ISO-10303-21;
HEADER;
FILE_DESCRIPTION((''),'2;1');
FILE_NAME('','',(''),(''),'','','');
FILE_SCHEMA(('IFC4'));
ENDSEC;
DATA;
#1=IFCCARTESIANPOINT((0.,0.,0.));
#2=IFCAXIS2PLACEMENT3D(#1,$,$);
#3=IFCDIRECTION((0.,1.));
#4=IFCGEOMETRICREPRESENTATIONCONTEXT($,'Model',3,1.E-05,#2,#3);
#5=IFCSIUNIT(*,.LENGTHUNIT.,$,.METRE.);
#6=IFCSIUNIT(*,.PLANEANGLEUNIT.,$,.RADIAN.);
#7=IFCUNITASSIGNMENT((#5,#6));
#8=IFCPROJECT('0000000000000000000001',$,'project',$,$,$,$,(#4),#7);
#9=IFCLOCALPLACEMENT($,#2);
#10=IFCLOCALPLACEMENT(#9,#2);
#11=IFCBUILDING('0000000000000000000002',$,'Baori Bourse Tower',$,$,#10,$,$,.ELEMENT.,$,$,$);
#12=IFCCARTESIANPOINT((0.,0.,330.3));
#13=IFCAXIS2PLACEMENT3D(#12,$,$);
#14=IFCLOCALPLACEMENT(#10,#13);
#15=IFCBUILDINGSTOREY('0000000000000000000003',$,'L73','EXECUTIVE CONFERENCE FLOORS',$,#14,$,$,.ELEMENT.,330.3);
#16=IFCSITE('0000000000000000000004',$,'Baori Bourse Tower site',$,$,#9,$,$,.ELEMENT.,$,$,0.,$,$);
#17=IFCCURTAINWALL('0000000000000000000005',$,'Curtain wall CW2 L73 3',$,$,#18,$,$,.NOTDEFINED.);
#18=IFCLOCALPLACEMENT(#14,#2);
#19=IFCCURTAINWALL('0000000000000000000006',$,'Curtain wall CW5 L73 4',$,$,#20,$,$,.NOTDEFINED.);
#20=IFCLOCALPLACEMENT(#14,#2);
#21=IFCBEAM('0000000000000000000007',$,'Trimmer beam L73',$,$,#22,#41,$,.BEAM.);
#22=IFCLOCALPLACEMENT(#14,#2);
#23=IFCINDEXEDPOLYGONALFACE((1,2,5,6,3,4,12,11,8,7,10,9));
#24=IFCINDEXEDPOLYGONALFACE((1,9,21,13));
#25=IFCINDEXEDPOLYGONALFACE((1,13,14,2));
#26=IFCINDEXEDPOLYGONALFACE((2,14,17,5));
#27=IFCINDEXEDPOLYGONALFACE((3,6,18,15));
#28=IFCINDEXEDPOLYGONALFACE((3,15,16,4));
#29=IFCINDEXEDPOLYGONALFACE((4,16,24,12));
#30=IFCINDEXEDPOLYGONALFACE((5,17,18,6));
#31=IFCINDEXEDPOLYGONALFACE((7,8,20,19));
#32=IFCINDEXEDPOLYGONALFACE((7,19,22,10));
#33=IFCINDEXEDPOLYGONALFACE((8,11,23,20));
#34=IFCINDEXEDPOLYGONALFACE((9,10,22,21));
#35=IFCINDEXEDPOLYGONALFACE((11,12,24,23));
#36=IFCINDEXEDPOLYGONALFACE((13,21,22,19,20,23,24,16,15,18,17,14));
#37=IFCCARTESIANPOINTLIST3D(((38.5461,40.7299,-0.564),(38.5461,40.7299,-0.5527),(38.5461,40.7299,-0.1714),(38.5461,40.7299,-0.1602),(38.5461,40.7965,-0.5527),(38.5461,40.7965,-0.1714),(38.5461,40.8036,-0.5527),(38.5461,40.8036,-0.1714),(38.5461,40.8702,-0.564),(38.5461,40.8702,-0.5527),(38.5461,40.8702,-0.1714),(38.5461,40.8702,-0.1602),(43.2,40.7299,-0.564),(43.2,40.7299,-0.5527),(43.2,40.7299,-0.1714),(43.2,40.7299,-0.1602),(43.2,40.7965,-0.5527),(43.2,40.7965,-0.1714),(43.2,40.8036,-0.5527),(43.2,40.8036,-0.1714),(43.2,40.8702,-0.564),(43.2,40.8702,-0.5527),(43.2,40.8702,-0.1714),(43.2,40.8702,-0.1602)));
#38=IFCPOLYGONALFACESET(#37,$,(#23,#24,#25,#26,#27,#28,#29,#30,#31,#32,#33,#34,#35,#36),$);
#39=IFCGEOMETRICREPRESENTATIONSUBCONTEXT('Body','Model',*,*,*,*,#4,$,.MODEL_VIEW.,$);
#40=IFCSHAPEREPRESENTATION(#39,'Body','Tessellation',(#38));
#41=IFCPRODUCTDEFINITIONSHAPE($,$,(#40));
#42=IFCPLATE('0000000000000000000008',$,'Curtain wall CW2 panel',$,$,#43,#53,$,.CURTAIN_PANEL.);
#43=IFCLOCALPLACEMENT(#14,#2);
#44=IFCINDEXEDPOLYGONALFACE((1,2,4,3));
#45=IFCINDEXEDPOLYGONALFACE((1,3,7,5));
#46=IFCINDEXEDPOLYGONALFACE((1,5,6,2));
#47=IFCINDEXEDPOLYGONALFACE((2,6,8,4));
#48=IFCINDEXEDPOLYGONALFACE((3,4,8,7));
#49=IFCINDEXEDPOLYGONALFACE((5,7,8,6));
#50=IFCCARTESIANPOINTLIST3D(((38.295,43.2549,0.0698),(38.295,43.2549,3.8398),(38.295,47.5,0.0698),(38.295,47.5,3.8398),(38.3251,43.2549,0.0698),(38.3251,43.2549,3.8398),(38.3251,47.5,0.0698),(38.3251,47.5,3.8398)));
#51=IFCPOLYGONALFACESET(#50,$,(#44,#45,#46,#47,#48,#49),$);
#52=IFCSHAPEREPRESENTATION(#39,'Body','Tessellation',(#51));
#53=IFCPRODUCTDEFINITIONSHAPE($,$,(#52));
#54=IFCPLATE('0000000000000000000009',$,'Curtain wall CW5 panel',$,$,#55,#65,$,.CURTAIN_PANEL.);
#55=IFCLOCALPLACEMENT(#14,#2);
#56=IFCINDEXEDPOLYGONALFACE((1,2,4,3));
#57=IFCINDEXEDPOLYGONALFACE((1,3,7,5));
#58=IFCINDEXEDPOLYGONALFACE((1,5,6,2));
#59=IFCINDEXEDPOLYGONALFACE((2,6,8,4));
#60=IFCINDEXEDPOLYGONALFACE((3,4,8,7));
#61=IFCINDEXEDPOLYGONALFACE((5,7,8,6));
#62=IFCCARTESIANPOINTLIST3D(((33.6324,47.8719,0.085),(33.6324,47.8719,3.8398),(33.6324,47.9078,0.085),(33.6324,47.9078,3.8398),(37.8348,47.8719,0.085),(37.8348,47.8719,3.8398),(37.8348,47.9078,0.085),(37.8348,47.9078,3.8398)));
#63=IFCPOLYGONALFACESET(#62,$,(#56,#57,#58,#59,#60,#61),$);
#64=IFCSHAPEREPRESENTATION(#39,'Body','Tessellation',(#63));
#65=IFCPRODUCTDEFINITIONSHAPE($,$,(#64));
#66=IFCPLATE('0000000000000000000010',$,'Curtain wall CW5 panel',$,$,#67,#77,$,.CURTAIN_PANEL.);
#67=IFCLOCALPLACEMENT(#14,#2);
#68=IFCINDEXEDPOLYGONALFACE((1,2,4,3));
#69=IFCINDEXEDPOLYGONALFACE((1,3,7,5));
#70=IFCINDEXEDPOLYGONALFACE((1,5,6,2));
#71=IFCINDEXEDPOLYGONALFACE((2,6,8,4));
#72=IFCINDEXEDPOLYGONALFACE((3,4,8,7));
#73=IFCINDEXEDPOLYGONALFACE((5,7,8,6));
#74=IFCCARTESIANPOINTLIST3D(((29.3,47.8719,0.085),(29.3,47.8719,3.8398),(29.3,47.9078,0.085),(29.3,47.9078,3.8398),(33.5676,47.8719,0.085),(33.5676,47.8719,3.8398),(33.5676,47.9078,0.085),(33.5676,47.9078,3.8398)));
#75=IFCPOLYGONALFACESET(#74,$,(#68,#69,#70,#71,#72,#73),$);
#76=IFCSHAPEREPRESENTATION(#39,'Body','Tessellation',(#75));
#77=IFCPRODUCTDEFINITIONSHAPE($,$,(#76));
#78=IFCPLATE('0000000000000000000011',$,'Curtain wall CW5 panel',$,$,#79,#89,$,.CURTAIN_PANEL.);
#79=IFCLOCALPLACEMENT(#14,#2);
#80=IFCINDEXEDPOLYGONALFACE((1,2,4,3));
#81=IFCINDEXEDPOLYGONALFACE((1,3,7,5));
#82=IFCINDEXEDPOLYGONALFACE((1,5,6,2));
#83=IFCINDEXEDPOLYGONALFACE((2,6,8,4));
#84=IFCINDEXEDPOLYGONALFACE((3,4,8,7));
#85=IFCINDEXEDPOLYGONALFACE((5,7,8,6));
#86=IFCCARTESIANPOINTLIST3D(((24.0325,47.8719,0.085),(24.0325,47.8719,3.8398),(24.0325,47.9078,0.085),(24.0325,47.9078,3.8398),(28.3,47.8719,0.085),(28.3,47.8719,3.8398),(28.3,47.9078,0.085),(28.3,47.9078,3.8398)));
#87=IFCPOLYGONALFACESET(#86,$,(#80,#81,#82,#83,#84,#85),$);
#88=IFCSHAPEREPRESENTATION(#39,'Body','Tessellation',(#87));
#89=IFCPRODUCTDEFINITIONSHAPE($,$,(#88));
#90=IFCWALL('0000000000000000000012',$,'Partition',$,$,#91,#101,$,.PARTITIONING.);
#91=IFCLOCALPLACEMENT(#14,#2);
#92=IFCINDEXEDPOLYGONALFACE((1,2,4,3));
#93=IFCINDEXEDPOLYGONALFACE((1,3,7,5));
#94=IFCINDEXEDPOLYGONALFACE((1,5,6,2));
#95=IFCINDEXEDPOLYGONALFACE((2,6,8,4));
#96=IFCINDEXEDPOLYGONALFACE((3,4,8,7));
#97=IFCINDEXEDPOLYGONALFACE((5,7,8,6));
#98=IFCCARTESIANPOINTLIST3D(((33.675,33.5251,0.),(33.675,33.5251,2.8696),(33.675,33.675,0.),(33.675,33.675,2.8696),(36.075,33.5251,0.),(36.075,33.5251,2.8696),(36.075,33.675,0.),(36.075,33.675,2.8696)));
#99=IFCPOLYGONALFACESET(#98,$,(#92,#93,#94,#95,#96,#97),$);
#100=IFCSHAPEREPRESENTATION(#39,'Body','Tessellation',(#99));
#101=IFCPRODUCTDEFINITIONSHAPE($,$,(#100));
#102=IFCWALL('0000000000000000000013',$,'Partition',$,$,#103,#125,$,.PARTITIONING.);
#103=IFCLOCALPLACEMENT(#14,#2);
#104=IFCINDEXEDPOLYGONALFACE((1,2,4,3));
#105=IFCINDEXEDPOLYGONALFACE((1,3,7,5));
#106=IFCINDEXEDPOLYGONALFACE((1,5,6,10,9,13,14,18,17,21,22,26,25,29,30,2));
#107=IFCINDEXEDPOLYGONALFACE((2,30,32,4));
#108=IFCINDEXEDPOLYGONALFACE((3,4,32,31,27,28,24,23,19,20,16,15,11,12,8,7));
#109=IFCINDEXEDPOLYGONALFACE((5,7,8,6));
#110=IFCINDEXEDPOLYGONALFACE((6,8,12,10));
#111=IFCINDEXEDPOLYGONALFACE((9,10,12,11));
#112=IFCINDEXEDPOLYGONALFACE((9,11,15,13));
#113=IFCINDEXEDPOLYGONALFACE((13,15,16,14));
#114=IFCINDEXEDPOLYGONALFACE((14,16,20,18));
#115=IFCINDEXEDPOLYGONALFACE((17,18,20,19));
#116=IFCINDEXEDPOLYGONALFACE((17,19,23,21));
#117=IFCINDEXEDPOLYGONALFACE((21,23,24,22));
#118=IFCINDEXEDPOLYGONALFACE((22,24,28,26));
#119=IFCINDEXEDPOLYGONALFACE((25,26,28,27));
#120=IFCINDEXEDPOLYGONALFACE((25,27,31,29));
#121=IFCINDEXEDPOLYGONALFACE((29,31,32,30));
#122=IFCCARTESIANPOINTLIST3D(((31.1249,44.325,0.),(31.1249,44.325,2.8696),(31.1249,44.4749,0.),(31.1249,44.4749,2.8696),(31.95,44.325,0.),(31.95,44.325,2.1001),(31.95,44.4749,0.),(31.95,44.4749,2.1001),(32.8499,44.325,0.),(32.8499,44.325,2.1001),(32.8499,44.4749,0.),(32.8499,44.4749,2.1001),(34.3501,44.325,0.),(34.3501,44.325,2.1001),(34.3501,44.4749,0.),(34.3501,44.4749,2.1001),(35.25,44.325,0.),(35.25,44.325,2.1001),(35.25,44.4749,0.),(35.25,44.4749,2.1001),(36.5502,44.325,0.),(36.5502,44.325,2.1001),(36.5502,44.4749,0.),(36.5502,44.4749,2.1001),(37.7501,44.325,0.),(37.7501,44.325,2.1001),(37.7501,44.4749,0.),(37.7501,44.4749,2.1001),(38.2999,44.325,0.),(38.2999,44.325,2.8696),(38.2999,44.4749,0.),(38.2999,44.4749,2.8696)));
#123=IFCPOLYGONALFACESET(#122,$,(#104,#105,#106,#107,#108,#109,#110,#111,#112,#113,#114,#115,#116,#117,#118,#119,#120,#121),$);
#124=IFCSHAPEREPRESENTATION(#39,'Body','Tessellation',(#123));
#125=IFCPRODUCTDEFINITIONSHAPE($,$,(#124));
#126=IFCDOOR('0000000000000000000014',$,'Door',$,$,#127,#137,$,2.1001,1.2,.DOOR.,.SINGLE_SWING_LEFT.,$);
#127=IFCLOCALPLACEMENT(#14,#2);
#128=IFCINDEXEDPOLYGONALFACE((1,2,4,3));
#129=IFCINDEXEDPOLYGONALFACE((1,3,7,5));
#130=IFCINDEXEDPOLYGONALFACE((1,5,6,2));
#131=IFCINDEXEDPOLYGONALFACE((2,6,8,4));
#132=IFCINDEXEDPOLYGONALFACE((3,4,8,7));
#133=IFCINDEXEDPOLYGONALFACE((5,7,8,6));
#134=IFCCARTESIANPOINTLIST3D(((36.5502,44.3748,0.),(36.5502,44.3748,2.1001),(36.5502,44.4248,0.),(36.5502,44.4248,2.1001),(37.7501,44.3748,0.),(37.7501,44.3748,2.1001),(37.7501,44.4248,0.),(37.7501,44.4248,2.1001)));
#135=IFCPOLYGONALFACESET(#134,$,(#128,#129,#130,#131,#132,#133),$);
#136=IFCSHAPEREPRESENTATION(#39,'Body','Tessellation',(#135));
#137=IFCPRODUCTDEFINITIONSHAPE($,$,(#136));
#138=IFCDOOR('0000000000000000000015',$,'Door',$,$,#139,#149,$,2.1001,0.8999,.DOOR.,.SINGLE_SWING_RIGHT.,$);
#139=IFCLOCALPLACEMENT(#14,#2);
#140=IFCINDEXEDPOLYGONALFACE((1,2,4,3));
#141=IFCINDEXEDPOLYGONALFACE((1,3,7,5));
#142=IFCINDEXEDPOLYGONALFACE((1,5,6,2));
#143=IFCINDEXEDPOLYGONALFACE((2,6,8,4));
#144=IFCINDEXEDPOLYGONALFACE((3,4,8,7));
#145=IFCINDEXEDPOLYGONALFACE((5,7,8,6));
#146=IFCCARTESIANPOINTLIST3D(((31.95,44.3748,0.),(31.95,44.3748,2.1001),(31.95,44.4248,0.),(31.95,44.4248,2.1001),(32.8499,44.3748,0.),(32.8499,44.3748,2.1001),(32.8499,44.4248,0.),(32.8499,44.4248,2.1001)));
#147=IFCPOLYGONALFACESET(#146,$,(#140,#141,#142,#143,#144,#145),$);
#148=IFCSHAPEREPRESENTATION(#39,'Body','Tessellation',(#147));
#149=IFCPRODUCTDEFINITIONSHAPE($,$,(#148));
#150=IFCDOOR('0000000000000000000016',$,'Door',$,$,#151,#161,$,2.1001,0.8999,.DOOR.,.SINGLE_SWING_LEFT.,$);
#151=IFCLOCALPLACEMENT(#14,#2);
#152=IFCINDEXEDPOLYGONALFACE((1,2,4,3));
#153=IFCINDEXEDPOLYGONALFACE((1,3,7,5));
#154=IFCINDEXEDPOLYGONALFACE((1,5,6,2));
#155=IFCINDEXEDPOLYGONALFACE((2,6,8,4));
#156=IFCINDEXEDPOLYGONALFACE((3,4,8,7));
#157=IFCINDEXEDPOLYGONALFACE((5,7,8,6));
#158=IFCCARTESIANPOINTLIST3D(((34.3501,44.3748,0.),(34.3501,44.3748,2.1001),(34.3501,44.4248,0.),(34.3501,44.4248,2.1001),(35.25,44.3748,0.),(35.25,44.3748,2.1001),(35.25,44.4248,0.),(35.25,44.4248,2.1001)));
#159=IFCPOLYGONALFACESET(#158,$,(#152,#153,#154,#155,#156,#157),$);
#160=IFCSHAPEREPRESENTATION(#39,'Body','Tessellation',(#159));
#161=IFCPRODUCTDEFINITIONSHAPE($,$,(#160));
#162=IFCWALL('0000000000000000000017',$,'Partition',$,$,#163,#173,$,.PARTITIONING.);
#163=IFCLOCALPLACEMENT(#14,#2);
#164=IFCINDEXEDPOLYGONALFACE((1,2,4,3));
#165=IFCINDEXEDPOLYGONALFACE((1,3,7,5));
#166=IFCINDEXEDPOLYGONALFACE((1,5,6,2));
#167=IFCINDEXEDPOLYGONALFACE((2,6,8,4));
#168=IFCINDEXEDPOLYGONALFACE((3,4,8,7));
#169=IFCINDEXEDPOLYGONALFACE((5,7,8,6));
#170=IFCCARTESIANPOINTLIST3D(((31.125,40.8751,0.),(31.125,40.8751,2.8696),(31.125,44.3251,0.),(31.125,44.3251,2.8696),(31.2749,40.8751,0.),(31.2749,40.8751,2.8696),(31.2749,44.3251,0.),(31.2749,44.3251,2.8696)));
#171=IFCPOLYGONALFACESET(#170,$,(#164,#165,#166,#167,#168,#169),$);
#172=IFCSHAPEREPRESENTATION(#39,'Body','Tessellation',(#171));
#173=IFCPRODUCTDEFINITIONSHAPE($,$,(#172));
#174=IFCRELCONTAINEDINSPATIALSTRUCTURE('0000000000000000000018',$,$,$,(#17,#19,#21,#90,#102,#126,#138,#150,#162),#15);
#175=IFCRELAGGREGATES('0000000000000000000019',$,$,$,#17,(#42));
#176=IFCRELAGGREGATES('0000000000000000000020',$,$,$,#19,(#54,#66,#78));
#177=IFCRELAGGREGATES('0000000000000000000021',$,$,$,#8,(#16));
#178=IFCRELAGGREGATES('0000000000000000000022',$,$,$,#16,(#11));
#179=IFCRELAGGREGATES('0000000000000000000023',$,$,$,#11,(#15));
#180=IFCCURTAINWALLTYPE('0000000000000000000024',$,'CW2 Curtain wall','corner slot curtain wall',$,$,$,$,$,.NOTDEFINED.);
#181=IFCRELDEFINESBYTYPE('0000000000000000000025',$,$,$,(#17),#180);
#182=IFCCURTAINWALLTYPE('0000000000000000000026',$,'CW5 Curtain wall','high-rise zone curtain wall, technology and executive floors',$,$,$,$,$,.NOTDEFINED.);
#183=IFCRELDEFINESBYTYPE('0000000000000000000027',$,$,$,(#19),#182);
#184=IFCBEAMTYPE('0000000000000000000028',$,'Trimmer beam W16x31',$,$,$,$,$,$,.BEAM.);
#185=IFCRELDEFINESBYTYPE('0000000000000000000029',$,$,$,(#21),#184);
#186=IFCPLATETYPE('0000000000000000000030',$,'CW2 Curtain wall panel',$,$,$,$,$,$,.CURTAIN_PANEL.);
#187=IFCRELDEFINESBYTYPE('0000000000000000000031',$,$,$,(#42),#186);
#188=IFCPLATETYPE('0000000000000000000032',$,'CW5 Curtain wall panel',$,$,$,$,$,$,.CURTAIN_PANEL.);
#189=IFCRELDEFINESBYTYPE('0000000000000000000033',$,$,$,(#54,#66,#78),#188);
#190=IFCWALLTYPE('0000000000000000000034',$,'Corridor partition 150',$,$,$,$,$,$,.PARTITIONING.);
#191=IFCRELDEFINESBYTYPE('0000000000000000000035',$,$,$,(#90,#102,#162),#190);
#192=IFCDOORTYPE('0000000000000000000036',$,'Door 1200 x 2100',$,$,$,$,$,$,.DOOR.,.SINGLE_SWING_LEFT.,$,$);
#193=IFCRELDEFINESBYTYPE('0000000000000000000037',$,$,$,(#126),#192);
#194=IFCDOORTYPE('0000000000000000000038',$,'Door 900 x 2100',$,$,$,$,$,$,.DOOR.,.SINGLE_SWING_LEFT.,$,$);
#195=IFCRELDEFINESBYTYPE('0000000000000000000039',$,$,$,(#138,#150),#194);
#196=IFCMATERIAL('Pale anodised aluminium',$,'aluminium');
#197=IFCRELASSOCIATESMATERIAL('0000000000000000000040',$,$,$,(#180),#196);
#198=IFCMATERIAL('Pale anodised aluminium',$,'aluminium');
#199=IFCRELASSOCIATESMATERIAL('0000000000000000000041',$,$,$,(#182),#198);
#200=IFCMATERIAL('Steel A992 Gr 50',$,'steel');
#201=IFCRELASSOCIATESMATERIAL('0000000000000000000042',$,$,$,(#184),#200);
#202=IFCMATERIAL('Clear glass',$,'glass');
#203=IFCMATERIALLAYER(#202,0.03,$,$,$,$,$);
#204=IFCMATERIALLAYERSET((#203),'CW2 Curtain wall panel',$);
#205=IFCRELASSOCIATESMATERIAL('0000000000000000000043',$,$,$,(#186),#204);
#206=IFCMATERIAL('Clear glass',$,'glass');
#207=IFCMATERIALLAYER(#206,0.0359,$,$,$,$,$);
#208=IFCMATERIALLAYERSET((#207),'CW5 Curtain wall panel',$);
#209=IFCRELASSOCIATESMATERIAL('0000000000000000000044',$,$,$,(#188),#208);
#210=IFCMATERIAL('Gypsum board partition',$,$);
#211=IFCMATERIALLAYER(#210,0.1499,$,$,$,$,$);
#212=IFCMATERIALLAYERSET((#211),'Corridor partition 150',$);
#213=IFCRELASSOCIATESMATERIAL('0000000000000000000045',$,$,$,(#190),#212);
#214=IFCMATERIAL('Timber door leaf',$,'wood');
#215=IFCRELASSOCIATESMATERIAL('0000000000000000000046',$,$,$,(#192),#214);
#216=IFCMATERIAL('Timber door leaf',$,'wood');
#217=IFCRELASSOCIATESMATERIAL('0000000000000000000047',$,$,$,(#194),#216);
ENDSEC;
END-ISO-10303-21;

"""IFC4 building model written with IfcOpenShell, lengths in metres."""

from ifc_helpers import new_model, si_unit, direction, frame, frame_2d, origin, origin_2d, place, context, subcontext, project, spatial, rectangle, i_section, extrude, material, layer, layer_set, material_profile, profile_set, type_object, element, fill, aggregate, save


model = new_model("IFC4")

# Units and contexts
model_context = context("Model", 3, precision=1e-05, world=origin(), true_north=direction((0.0, 1.0)))
body_context = subcontext(model_context, "Body", "Model", "MODEL_VIEW")
ifc_project = project(units=[si_unit("LENGTHUNIT", "METRE"), si_unit("PLANEANGLEUNIT", "RADIAN")], contexts=[model_context])

# Site, building, storey
site_placement = place(None, origin())
site = spatial("IfcSite", under=ifc_project, at=site_placement, Name="Baori Bourse Tower site", CompositionType="ELEMENT", RefElevation=0.0)
building_placement = place(site_placement, origin())
building = spatial("IfcBuilding", under=site, at=building_placement, Name="Baori Bourse Tower", CompositionType="ELEMENT")
storey_placement = place(building_placement, frame((0.0, 0.0, 330.3)))
storey = spatial("IfcBuildingStorey", under=building, at=storey_placement, Name="L73", Description="EXECUTIVE CONFERENCE FLOORS", CompositionType="ELEMENT", Elevation=330.3)

# Curtain walls
ifc_material_1 = material(Name="Pale anodised aluminium", Category="aluminium")
curtain_wall_type_1 = type_object("IfcCurtainWallType", Name="CW2 Curtain wall", Description="corner slot curtain wall", PredefinedType="NOTDEFINED", material=ifc_material_1)
curtain_wall_1_placement = place(storey_placement, origin())
curtain_wall_1 = element("IfcCurtainWall", 1, at=curtain_wall_1_placement, inside=storey, type_object=curtain_wall_type_1, Name="Curtain wall CW2 L73 3", PredefinedType="NOTDEFINED")
ifc_material_2 = material(Name="Pale anodised aluminium", Category="aluminium")
curtain_wall_type_2 = type_object("IfcCurtainWallType", Name="CW5 Curtain wall", Description="high-rise zone curtain wall, technology and executive floors", PredefinedType="NOTDEFINED", material=ifc_material_2)
curtain_wall_2_placement = place(storey_placement, origin())
curtain_wall_2 = element("IfcCurtainWall", 2, at=curtain_wall_2_placement, inside=storey, type_object=curtain_wall_type_2, Name="Curtain wall CW5 L73 4", PredefinedType="NOTDEFINED")

# Beam
ifc_material_3 = material(Name="Steel A992 Gr 50", Category="steel")
ifc_material_profile_1 = material_profile(ifc_material_3, i_section(OverallWidth=0.1404, OverallDepth=0.4038, WebThickness=0.0071, FlangeThickness=0.0112, at=origin_2d()), Name="W16x31")
ifc_profile_set_1 = profile_set([ifc_material_profile_1], Name="Steel A992 Gr 50")
beam_type_1 = type_object("IfcBeamType", Name="Trimmer beam W16x31", PredefinedType="BEAM", material=ifc_profile_set_1)
beam_1_placement = place(storey_placement, frame((38.5461, 40.8, -0.3621), z_axis=(1.0, 0.0, 0.0), x_axis=(0.0, 1.0, 0.0)))
element("IfcBeam", 3, at=beam_1_placement, inside=storey, type_object=beam_type_1, Name="Trimmer beam L73", PredefinedType="BEAM", context=body_context, shape_type="SweptSolid", body=[
    extrude(i_section(OverallWidth=0.1404, OverallDepth=0.4038, WebThickness=0.0071, FlangeThickness=0.0112, at=origin_2d()), origin(), (0.0, 0.0, 1.0), 4.6538),
])

# Plates
ifc_material_4 = material(Name="Clear glass", Category="glass")
ifc_layer_1 = layer(ifc_material_4, 0.03)
ifc_layer_set_1 = layer_set([ifc_layer_1], Name="CW2 Curtain wall panel")
plate_type_1 = type_object("IfcPlateType", Name="CW2 Curtain wall panel", PredefinedType="CURTAIN_PANEL", material=ifc_layer_set_1)
plate_1_placement = place(storey_placement, frame((38.3101, 45.3774, 0.0698), z_axis=(0.0, 0.0, 1.0), x_axis=(0.0, 1.0, 0.0)))
plate_1 = element("IfcPlate", 4, at=plate_1_placement, type_object=plate_type_1, Name="Curtain wall CW2 panel", PredefinedType="CURTAIN_PANEL", context=body_context, shape_type="SweptSolid", body=[
    extrude(rectangle(XDim=4.2451, YDim=0.03, at=origin_2d()), origin(), (0.0, 0.0, 1.0), 3.77),
])
aggregate(curtain_wall_1, [plate_1])
ifc_material_5 = material(Name="Clear glass", Category="glass")
ifc_layer_2 = layer(ifc_material_5, 0.0359)
ifc_layer_set_2 = layer_set([ifc_layer_2], Name="CW5 Curtain wall panel")
plate_type_2 = type_object("IfcPlateType", Name="CW5 Curtain wall panel", PredefinedType="CURTAIN_PANEL", material=ifc_layer_set_2)
plate_2_placement = place(storey_placement, frame((35.7336, 47.8899, 0.085), z_axis=(0.0, 0.0, 1.0), x_axis=(-1.0, 0.0, 0.0)))
plate_2 = element("IfcPlate", 5, at=plate_2_placement, type_object=plate_type_2, Name="Curtain wall CW5 panel", PredefinedType="CURTAIN_PANEL", context=body_context, shape_type="SweptSolid", body=[
    extrude(rectangle(XDim=4.2024, YDim=0.0359, at=origin_2d()), origin(), (0.0, 0.0, 1.0), 3.7549),
])
plate_3_placement = place(storey_placement, frame((31.4338, 47.8899, 0.085), z_axis=(0.0, 0.0, 1.0), x_axis=(-1.0, 0.0, 0.0)))
plate_3 = element("IfcPlate", 6, at=plate_3_placement, type_object=plate_type_2, Name="Curtain wall CW5 panel", PredefinedType="CURTAIN_PANEL", context=body_context, shape_type="SweptSolid", body=[
    extrude(rectangle(XDim=4.2676, YDim=0.0359, at=origin_2d()), origin(), (0.0, 0.0, 1.0), 3.7549),
])
plate_4_placement = place(storey_placement, frame((26.1663, 47.8899, 0.085), z_axis=(0.0, 0.0, 1.0), x_axis=(-1.0, 0.0, 0.0)))
plate_4 = element("IfcPlate", 7, at=plate_4_placement, type_object=plate_type_2, Name="Curtain wall CW5 panel", PredefinedType="CURTAIN_PANEL", context=body_context, shape_type="SweptSolid", body=[
    extrude(rectangle(XDim=4.2676, YDim=0.0359, at=origin_2d()), origin(), (0.0, 0.0, 1.0), 3.7549),
])
aggregate(curtain_wall_2, [plate_2, plate_3, plate_4])

# Wall
ifc_material_6 = material(Name="Gypsum board partition")
ifc_layer_3 = layer(ifc_material_6, 0.1499)
ifc_layer_set_3 = layer_set([ifc_layer_3], Name="Corridor partition 150")
wall_type_1 = type_object("IfcWallType", Name="Corridor partition 150", PredefinedType="PARTITIONING", material=ifc_layer_set_3)
wall_1_placement = place(storey_placement, frame((33.675, 33.6001, 0.0), z_axis=(0.0, 0.0, 1.0), x_axis=(1.0, 0.0, 0.0)))
element("IfcWall", 8, at=wall_1_placement, inside=storey, type_object=wall_type_1, Name="Partition", PredefinedType="PARTITIONING", context=body_context, shape_type="SweptSolid", body=[
    extrude(rectangle(XDim=2.3999, YDim=0.1499, at=frame_2d((1.2, 0.0))), origin(), (0.0, 0.0, 1.0), 2.8696),
])

# Wall, openings, doors
wall_2_placement = place(storey_placement, frame((31.125, 44.3999, 0.0), z_axis=(0.0, 0.0, 1.0), x_axis=(1.0, 0.0, 0.0)))
wall_2 = element("IfcWall", 9, at=wall_2_placement, inside=storey, type_object=wall_type_1, Name="Partition", PredefinedType="PARTITIONING", context=body_context, shape_type="SweptSolid", body=[
    extrude(rectangle(XDim=7.175, YDim=0.1499, at=frame_2d((3.5874, 0.0))), origin(), (0.0, 0.0, 1.0), 2.8696),
])
opening_1_placement = place(wall_2_placement, frame((0.825, 0.0, 0.0)))
opening_1 = element("IfcOpeningElement", 10, at=opening_1_placement, cuts=wall_2, PredefinedType="OPENING", context=body_context, shape_type="SweptSolid", body=[
    extrude(rectangle(XDim=0.8999, YDim=2.1001, at=frame_2d((0.45, 1.05))), frame((0.0, 0.085, 0.0), z_axis=(0.0, -1.0, 0.0), x_axis=(1.0, 0.0, 0.0)), (0.0, 0.0, 1.0), 0.1699),
])
opening_2_placement = place(wall_2_placement, frame((3.2251, 0.0, 0.0)))
opening_2 = element("IfcOpeningElement", 11, at=opening_2_placement, cuts=wall_2, PredefinedType="OPENING", context=body_context, shape_type="SweptSolid", body=[
    extrude(rectangle(XDim=0.8999, YDim=2.1001, at=frame_2d((0.45, 1.05))), frame((0.0, 0.085, 0.0), z_axis=(0.0, -1.0, 0.0), x_axis=(1.0, 0.0, 0.0)), (0.0, 0.0, 1.0), 0.1699),
])
opening_3_placement = place(wall_2_placement, frame((5.425, 0.0, 0.0)))
opening_3 = element("IfcOpeningElement", 12, at=opening_3_placement, cuts=wall_2, PredefinedType="OPENING", context=body_context, shape_type="SweptSolid", body=[
    extrude(rectangle(XDim=1.2, YDim=2.1001, at=frame_2d((0.6001, 1.05))), frame((0.0, 0.085, 0.0), z_axis=(0.0, -1.0, 0.0), x_axis=(1.0, 0.0, 0.0)), (0.0, 0.0, 1.0), 0.1699),
])
ifc_material_7 = material(Name="Timber door leaf", Category="wood")
door_type_1 = type_object("IfcDoorType", Name="Door 1200 x 2100", OperationType="SINGLE_SWING_LEFT", PredefinedType="DOOR", material=ifc_material_7)
door_1_placement = place(opening_3_placement, origin())
door_1 = element("IfcDoor", 13, at=door_1_placement, inside=storey, type_object=door_type_1, Name="Door", OperationType="SINGLE_SWING_LEFT", OverallHeight=2.1001, OverallWidth=1.2, PredefinedType="DOOR", context=body_context, shape_type="SweptSolid", body=[
    extrude(rectangle(XDim=1.2, YDim=2.1001, at=frame_2d((0.6001, 1.05))), frame((0.0, 0.0249, 0.0), z_axis=(0.0, -1.0, 0.0), x_axis=(1.0, 0.0, 0.0)), (0.0, 0.0, 1.0), 0.05),
])
fill(opening_3, door_1)
ifc_material_8 = material(Name="Timber door leaf", Category="wood")
door_type_2 = type_object("IfcDoorType", Name="Door 900 x 2100", OperationType="SINGLE_SWING_LEFT", PredefinedType="DOOR", material=ifc_material_8)
door_2_placement = place(opening_1_placement, origin())
door_2 = element("IfcDoor", 14, at=door_2_placement, inside=storey, type_object=door_type_2, Name="Door", OperationType="SINGLE_SWING_RIGHT", OverallHeight=2.1001, OverallWidth=0.8999, PredefinedType="DOOR", context=body_context, shape_type="SweptSolid", body=[
    extrude(rectangle(XDim=0.8999, YDim=2.1001, at=frame_2d((0.45, 1.05))), frame((0.0, 0.0249, 0.0), z_axis=(0.0, -1.0, 0.0), x_axis=(1.0, 0.0, 0.0)), (0.0, 0.0, 1.0), 0.05),
])
fill(opening_1, door_2)
door_3_placement = place(opening_2_placement, origin())
door_3 = element("IfcDoor", 15, at=door_3_placement, inside=storey, type_object=door_type_2, Name="Door", OperationType="SINGLE_SWING_LEFT", OverallHeight=2.1001, OverallWidth=0.8999, PredefinedType="DOOR", context=body_context, shape_type="SweptSolid", body=[
    extrude(rectangle(XDim=0.8999, YDim=2.1001, at=frame_2d((0.45, 1.05))), frame((0.0, 0.0249, 0.0), z_axis=(0.0, -1.0, 0.0), x_axis=(1.0, 0.0, 0.0)), (0.0, 0.0, 1.0), 0.05),
])
fill(opening_2, door_3)

# Wall
wall_3_placement = place(storey_placement, frame((31.2, 40.875, 0.0), z_axis=(0.0, 0.0, 1.0), x_axis=(0.0, 1.0, 0.0)))
element("IfcWall", 16, at=wall_3_placement, inside=storey, type_object=wall_type_1, Name="Partition", PredefinedType="PARTITIONING", context=body_context, shape_type="SweptSolid", body=[
    extrude(rectangle(XDim=3.45, YDim=0.1499, at=frame_2d((1.7251, 0.0))), origin(), (0.0, 0.0, 1.0), 2.8696),
])

save(model, "model.ifc")
